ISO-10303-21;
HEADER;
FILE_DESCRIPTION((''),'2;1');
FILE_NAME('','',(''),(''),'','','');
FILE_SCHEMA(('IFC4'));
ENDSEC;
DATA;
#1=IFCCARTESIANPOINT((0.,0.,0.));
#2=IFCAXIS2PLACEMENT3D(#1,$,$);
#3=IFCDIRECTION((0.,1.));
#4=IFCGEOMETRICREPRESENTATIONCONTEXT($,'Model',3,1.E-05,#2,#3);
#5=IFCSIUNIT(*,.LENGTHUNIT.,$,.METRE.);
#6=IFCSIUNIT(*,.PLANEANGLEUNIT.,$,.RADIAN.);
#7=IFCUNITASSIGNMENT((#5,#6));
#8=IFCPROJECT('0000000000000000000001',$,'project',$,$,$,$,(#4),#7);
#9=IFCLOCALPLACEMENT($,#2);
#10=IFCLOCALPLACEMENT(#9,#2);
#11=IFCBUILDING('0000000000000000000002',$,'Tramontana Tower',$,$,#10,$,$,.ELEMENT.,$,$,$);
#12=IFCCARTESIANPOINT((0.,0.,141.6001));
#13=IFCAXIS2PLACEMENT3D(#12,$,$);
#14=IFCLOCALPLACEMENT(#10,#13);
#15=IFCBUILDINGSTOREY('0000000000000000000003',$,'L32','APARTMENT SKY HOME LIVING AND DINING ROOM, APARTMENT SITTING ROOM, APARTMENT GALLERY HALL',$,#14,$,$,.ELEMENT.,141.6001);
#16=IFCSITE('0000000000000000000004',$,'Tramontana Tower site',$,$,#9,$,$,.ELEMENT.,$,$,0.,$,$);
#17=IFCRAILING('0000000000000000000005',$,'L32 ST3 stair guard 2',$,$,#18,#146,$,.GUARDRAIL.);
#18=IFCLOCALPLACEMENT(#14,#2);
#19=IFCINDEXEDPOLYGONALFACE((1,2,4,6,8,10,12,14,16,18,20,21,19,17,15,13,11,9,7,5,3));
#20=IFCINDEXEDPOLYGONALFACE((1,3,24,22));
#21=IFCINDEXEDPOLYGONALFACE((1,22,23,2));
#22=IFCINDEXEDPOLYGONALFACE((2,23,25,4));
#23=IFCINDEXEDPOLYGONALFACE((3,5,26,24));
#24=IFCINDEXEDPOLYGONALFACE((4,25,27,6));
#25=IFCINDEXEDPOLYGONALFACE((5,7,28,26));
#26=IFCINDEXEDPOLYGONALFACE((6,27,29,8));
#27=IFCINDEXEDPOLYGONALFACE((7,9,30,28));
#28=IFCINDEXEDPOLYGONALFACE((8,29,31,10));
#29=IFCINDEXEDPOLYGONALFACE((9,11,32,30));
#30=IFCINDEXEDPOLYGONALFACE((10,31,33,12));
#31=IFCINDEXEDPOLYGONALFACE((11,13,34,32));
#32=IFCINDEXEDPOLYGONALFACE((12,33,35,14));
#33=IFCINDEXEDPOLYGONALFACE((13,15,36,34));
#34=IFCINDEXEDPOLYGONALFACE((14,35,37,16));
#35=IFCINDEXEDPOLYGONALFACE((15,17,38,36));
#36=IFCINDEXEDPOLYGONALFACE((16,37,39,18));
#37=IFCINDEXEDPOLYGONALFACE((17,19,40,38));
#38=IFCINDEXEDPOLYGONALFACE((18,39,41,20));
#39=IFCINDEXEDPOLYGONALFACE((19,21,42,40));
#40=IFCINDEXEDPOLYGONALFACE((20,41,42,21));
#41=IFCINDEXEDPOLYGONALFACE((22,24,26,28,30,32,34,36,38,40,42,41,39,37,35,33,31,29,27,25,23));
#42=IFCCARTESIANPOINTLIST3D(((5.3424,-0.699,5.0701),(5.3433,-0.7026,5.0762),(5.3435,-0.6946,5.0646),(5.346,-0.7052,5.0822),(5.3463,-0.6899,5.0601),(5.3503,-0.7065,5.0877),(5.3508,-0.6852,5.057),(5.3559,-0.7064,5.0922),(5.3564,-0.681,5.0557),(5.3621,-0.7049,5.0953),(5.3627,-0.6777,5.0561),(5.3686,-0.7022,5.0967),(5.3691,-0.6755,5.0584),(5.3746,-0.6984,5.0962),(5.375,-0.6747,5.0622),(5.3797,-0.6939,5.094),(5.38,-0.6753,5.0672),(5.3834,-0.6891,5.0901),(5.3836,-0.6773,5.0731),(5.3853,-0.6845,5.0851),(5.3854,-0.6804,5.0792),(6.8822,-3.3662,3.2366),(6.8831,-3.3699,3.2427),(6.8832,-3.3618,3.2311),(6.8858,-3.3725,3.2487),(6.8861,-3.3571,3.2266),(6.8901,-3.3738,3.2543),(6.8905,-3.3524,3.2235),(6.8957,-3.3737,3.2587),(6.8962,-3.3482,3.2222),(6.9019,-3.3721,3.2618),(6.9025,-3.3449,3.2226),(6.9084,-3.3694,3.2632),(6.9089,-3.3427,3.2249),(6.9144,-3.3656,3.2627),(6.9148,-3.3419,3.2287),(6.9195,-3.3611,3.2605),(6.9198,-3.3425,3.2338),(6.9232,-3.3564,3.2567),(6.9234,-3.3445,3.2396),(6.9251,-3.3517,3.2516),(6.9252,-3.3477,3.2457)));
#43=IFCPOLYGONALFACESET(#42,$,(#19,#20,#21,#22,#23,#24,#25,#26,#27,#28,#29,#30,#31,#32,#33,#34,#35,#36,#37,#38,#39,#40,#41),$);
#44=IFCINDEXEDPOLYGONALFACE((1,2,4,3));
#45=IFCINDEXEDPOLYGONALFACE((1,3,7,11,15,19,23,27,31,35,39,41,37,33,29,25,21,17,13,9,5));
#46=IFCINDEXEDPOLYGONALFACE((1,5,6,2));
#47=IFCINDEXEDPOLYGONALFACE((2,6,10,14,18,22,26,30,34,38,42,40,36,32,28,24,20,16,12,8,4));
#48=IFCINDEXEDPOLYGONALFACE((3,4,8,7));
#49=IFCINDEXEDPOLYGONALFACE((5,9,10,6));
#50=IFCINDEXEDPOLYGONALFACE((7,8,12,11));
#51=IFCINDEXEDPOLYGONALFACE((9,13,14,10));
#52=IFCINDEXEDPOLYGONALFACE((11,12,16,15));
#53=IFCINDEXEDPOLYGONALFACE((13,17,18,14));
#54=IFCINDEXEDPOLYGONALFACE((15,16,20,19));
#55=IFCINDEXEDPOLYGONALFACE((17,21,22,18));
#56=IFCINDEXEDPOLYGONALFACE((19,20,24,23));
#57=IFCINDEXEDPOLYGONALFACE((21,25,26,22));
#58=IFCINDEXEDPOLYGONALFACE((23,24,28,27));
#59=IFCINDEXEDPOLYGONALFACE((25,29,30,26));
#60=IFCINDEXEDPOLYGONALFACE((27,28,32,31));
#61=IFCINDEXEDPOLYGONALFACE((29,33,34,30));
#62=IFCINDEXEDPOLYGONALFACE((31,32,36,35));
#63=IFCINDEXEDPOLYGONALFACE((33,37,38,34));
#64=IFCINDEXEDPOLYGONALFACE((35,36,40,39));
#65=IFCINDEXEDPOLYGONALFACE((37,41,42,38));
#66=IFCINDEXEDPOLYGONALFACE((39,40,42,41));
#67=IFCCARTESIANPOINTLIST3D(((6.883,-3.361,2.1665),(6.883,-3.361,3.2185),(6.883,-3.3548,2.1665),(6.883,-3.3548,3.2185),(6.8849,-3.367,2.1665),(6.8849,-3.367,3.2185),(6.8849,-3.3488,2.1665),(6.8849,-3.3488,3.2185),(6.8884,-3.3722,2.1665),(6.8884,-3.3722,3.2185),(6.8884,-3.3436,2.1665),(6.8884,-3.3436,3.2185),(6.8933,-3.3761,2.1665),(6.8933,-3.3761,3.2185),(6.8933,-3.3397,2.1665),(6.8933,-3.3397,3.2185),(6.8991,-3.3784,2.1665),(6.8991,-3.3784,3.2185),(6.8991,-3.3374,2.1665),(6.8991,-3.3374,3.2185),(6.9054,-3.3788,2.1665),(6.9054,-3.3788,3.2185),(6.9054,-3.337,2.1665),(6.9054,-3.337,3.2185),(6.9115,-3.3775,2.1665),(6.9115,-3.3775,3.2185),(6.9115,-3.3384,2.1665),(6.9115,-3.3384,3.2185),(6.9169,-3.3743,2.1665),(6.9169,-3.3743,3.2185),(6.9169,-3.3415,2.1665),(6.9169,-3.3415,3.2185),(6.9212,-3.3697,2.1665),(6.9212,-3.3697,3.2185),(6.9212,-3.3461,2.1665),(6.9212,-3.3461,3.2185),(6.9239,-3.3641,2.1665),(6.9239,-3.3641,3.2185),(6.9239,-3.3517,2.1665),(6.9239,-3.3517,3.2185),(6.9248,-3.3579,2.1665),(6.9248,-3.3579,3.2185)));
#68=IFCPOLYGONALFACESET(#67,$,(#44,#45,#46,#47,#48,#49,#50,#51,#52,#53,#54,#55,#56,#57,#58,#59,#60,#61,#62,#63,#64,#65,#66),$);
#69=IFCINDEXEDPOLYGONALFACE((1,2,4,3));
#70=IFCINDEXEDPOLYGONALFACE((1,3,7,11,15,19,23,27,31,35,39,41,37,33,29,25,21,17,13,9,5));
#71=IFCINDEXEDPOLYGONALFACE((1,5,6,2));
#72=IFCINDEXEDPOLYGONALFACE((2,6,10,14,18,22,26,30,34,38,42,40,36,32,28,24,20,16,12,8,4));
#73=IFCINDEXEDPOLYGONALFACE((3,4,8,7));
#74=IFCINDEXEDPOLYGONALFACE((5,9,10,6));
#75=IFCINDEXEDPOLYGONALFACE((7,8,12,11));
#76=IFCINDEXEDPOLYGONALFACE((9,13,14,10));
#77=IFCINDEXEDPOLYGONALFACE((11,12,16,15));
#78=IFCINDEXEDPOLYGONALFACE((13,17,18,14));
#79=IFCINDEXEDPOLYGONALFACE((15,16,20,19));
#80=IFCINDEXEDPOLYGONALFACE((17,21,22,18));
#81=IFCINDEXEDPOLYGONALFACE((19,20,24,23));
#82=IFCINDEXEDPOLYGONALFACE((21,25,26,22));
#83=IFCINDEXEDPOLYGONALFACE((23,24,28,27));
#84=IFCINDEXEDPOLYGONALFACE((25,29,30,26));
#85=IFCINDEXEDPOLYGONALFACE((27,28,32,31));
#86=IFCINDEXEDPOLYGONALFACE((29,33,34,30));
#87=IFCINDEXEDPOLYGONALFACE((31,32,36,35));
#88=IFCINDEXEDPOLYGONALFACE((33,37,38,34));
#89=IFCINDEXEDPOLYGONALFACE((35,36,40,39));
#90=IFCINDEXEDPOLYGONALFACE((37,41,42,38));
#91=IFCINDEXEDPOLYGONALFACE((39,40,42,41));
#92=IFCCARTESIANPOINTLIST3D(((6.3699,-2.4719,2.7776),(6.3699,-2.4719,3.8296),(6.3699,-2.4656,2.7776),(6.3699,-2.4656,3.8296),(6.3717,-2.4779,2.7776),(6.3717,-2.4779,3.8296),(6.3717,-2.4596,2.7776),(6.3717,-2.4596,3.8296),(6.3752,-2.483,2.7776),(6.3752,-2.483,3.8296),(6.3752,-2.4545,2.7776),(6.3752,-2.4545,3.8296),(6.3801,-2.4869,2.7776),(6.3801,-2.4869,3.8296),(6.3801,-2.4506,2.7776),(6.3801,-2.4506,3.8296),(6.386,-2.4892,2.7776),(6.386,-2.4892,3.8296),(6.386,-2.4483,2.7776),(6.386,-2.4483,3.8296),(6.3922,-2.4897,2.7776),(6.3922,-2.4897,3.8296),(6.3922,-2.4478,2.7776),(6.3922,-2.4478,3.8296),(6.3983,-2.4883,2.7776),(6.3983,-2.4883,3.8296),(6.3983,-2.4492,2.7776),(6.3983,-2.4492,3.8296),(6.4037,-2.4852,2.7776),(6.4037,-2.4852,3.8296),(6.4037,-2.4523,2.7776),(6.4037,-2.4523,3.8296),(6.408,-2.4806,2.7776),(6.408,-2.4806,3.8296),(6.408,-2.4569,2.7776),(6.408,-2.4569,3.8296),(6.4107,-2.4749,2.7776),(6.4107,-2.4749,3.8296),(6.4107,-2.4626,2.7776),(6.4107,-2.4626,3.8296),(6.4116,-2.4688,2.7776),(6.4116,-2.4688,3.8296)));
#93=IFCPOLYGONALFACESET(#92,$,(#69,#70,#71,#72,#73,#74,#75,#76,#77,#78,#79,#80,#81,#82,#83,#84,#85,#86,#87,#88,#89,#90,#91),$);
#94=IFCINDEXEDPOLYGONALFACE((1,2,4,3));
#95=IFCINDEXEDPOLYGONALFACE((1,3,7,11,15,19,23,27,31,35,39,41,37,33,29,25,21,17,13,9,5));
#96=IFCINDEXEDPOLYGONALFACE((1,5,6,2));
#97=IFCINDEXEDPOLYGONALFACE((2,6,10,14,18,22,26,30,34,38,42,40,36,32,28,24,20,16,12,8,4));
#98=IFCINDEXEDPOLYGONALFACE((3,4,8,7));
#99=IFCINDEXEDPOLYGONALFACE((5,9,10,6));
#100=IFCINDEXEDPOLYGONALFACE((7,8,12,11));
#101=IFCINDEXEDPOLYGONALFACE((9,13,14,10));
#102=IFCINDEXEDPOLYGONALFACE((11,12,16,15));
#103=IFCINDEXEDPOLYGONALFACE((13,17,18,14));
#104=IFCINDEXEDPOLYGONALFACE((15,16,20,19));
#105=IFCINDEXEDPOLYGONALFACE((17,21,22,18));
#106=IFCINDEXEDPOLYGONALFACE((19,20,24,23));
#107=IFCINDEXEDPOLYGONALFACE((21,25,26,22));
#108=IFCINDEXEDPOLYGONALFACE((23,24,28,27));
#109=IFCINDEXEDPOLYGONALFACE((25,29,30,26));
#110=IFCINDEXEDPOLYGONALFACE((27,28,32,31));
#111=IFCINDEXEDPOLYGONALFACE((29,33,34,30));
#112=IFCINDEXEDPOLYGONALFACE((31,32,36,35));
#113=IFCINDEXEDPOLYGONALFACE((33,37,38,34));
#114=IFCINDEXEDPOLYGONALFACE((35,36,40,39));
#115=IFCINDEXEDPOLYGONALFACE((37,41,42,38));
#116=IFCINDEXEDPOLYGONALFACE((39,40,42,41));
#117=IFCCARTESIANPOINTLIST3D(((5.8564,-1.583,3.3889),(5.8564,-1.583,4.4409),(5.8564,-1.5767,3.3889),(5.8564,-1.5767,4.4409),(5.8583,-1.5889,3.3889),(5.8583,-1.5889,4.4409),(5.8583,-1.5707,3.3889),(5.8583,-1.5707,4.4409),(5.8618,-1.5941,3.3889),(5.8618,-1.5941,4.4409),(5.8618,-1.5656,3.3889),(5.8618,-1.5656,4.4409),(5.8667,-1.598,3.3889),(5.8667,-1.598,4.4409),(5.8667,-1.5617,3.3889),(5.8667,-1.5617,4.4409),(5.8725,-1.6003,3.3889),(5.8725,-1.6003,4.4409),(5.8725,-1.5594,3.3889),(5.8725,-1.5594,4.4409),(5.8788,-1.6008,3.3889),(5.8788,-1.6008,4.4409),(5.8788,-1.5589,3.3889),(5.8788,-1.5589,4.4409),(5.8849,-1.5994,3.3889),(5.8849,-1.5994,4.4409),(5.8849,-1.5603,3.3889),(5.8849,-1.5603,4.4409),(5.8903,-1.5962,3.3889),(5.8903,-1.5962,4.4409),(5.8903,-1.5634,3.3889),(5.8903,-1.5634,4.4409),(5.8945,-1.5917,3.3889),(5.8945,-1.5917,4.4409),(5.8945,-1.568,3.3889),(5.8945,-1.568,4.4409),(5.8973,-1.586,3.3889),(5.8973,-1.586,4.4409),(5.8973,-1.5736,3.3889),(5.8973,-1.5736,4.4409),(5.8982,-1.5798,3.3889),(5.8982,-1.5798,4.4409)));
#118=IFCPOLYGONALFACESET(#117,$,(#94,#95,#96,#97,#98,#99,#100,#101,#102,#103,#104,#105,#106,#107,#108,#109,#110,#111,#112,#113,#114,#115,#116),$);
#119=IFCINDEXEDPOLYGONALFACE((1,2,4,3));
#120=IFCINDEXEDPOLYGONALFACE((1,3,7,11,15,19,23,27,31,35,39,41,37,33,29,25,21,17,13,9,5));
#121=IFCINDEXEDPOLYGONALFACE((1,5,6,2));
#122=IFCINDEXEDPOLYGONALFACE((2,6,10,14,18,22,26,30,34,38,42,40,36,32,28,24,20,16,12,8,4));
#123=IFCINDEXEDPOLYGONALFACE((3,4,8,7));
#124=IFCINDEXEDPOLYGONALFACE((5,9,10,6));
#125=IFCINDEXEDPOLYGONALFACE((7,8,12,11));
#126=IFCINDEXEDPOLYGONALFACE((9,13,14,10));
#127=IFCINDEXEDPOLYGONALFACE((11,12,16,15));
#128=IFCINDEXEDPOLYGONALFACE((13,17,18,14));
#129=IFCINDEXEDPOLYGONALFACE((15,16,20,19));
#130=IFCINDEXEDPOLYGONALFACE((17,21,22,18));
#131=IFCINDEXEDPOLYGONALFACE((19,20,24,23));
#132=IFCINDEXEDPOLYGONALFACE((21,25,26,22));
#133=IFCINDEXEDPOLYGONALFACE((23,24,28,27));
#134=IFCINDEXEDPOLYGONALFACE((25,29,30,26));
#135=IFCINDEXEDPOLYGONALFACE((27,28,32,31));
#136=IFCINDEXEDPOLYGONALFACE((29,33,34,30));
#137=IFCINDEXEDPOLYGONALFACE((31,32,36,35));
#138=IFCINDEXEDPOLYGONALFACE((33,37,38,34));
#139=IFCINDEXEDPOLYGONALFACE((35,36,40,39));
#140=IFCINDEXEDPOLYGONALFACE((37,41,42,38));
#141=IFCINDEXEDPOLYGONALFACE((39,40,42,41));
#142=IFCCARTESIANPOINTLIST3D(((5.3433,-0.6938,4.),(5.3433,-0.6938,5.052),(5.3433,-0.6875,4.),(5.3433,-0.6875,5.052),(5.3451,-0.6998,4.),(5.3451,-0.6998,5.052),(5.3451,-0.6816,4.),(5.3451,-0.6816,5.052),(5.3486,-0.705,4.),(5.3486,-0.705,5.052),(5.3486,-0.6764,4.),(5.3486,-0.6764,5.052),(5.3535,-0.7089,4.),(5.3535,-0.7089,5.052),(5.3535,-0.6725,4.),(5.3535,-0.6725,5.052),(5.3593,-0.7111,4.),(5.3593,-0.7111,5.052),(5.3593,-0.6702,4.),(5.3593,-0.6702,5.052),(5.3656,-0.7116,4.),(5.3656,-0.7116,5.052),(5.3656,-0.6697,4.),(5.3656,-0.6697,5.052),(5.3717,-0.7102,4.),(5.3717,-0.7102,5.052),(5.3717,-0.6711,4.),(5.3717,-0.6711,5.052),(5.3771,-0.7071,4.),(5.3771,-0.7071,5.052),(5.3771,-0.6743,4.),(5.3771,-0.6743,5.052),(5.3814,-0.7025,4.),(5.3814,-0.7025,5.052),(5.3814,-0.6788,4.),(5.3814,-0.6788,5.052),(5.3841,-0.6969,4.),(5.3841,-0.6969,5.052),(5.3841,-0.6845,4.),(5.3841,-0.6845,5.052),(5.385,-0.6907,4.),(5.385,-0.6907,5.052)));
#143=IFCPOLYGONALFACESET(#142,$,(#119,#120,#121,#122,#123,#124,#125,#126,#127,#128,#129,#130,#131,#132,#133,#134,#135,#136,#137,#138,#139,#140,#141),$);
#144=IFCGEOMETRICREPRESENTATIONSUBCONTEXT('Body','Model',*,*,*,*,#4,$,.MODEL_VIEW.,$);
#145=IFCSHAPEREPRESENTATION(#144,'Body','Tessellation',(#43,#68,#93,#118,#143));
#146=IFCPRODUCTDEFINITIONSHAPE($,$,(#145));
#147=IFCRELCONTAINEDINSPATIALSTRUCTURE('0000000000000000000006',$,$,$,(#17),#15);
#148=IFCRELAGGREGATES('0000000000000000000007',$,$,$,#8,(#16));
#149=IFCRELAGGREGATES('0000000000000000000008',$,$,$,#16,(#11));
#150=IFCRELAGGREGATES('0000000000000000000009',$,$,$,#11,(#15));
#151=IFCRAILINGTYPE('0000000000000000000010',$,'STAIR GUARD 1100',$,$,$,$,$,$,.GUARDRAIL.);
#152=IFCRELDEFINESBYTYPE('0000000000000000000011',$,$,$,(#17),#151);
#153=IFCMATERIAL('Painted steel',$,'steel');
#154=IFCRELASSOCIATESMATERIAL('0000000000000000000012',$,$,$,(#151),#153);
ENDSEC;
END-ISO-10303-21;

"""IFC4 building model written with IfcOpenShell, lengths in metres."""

from ifc_helpers import new_model, si_unit, direction, frame, origin, origin_2d, place, context, subcontext, project, spatial, circle, extrude, material, type_object, element, save


model = new_model("IFC4")

# Units and contexts
model_context = context("Model", 3, precision=1e-05, world=origin(), true_north=direction((0.0, 1.0)))
body_context = subcontext(model_context, "Body", "Model", "MODEL_VIEW")
ifc_project = project(units=[si_unit("LENGTHUNIT", "METRE"), si_unit("PLANEANGLEUNIT", "RADIAN")], contexts=[model_context])

# Site, building, storey
site_placement = place(None, origin())
site = spatial("IfcSite", under=ifc_project, at=site_placement, Name="Tramontana Tower site", CompositionType="ELEMENT", RefElevation=0.0)
building_placement = place(site_placement, origin())
building = spatial("IfcBuilding", under=site, at=building_placement, Name="Tramontana Tower", CompositionType="ELEMENT")
storey_placement = place(building_placement, frame((0.0, 0.0, 141.6001)))
storey = spatial("IfcBuildingStorey", under=building, at=storey_placement, Name="L32", Description="APARTMENT SKY HOME LIVING AND DINING ROOM, APARTMENT SITTING ROOM, APARTMENT GALLERY HALL", CompositionType="ELEMENT", Elevation=141.6001)

# Railing
ifc_material_1 = material(Name="Painted steel", Category="steel")
railing_type_1 = type_object("IfcRailingType", Name="STAIR GUARD 1100", PredefinedType="GUARDRAIL", material=ifc_material_1)
railing_1_placement = place(storey_placement, frame((6.9038, -3.3579, 2.1665)))
element("IfcRailing", 1, at=railing_1_placement, inside=storey, type_object=railing_type_1, Name="L32 ST3 stair guard 2", PredefinedType="GUARDRAIL", context=body_context, shape_type="SweptSolid", body=[
    extrude(circle(Radius=0.0239, at=origin_2d()), frame((0.0, 0.0, 1.0762), z_axis=(-0.429601, 0.744155, 0.511543), x_axis=(-0.866044, -0.499967, 0.0)), (0.0, 0.0, 1.0), 3.5842),
    extrude(circle(Radius=0.021, at=origin_2d()), origin(), (0.0, 0.0, 1.0), 1.052),
    extrude(circle(Radius=0.021, at=origin_2d()), frame((-0.5132, 0.8892, 0.6111)), (0.0, 0.0, 1.0), 1.052),
    extrude(circle(Radius=0.021, at=origin_2d()), frame((-1.0266, 1.7781, 1.2224)), (0.0, 0.0, 1.0), 1.052),
    extrude(circle(Radius=0.021, at=origin_2d()), frame((-1.5398, 2.6672, 1.8335)), (0.0, 0.0, 1.0), 1.052),
])

save(model, "model.ifc")
